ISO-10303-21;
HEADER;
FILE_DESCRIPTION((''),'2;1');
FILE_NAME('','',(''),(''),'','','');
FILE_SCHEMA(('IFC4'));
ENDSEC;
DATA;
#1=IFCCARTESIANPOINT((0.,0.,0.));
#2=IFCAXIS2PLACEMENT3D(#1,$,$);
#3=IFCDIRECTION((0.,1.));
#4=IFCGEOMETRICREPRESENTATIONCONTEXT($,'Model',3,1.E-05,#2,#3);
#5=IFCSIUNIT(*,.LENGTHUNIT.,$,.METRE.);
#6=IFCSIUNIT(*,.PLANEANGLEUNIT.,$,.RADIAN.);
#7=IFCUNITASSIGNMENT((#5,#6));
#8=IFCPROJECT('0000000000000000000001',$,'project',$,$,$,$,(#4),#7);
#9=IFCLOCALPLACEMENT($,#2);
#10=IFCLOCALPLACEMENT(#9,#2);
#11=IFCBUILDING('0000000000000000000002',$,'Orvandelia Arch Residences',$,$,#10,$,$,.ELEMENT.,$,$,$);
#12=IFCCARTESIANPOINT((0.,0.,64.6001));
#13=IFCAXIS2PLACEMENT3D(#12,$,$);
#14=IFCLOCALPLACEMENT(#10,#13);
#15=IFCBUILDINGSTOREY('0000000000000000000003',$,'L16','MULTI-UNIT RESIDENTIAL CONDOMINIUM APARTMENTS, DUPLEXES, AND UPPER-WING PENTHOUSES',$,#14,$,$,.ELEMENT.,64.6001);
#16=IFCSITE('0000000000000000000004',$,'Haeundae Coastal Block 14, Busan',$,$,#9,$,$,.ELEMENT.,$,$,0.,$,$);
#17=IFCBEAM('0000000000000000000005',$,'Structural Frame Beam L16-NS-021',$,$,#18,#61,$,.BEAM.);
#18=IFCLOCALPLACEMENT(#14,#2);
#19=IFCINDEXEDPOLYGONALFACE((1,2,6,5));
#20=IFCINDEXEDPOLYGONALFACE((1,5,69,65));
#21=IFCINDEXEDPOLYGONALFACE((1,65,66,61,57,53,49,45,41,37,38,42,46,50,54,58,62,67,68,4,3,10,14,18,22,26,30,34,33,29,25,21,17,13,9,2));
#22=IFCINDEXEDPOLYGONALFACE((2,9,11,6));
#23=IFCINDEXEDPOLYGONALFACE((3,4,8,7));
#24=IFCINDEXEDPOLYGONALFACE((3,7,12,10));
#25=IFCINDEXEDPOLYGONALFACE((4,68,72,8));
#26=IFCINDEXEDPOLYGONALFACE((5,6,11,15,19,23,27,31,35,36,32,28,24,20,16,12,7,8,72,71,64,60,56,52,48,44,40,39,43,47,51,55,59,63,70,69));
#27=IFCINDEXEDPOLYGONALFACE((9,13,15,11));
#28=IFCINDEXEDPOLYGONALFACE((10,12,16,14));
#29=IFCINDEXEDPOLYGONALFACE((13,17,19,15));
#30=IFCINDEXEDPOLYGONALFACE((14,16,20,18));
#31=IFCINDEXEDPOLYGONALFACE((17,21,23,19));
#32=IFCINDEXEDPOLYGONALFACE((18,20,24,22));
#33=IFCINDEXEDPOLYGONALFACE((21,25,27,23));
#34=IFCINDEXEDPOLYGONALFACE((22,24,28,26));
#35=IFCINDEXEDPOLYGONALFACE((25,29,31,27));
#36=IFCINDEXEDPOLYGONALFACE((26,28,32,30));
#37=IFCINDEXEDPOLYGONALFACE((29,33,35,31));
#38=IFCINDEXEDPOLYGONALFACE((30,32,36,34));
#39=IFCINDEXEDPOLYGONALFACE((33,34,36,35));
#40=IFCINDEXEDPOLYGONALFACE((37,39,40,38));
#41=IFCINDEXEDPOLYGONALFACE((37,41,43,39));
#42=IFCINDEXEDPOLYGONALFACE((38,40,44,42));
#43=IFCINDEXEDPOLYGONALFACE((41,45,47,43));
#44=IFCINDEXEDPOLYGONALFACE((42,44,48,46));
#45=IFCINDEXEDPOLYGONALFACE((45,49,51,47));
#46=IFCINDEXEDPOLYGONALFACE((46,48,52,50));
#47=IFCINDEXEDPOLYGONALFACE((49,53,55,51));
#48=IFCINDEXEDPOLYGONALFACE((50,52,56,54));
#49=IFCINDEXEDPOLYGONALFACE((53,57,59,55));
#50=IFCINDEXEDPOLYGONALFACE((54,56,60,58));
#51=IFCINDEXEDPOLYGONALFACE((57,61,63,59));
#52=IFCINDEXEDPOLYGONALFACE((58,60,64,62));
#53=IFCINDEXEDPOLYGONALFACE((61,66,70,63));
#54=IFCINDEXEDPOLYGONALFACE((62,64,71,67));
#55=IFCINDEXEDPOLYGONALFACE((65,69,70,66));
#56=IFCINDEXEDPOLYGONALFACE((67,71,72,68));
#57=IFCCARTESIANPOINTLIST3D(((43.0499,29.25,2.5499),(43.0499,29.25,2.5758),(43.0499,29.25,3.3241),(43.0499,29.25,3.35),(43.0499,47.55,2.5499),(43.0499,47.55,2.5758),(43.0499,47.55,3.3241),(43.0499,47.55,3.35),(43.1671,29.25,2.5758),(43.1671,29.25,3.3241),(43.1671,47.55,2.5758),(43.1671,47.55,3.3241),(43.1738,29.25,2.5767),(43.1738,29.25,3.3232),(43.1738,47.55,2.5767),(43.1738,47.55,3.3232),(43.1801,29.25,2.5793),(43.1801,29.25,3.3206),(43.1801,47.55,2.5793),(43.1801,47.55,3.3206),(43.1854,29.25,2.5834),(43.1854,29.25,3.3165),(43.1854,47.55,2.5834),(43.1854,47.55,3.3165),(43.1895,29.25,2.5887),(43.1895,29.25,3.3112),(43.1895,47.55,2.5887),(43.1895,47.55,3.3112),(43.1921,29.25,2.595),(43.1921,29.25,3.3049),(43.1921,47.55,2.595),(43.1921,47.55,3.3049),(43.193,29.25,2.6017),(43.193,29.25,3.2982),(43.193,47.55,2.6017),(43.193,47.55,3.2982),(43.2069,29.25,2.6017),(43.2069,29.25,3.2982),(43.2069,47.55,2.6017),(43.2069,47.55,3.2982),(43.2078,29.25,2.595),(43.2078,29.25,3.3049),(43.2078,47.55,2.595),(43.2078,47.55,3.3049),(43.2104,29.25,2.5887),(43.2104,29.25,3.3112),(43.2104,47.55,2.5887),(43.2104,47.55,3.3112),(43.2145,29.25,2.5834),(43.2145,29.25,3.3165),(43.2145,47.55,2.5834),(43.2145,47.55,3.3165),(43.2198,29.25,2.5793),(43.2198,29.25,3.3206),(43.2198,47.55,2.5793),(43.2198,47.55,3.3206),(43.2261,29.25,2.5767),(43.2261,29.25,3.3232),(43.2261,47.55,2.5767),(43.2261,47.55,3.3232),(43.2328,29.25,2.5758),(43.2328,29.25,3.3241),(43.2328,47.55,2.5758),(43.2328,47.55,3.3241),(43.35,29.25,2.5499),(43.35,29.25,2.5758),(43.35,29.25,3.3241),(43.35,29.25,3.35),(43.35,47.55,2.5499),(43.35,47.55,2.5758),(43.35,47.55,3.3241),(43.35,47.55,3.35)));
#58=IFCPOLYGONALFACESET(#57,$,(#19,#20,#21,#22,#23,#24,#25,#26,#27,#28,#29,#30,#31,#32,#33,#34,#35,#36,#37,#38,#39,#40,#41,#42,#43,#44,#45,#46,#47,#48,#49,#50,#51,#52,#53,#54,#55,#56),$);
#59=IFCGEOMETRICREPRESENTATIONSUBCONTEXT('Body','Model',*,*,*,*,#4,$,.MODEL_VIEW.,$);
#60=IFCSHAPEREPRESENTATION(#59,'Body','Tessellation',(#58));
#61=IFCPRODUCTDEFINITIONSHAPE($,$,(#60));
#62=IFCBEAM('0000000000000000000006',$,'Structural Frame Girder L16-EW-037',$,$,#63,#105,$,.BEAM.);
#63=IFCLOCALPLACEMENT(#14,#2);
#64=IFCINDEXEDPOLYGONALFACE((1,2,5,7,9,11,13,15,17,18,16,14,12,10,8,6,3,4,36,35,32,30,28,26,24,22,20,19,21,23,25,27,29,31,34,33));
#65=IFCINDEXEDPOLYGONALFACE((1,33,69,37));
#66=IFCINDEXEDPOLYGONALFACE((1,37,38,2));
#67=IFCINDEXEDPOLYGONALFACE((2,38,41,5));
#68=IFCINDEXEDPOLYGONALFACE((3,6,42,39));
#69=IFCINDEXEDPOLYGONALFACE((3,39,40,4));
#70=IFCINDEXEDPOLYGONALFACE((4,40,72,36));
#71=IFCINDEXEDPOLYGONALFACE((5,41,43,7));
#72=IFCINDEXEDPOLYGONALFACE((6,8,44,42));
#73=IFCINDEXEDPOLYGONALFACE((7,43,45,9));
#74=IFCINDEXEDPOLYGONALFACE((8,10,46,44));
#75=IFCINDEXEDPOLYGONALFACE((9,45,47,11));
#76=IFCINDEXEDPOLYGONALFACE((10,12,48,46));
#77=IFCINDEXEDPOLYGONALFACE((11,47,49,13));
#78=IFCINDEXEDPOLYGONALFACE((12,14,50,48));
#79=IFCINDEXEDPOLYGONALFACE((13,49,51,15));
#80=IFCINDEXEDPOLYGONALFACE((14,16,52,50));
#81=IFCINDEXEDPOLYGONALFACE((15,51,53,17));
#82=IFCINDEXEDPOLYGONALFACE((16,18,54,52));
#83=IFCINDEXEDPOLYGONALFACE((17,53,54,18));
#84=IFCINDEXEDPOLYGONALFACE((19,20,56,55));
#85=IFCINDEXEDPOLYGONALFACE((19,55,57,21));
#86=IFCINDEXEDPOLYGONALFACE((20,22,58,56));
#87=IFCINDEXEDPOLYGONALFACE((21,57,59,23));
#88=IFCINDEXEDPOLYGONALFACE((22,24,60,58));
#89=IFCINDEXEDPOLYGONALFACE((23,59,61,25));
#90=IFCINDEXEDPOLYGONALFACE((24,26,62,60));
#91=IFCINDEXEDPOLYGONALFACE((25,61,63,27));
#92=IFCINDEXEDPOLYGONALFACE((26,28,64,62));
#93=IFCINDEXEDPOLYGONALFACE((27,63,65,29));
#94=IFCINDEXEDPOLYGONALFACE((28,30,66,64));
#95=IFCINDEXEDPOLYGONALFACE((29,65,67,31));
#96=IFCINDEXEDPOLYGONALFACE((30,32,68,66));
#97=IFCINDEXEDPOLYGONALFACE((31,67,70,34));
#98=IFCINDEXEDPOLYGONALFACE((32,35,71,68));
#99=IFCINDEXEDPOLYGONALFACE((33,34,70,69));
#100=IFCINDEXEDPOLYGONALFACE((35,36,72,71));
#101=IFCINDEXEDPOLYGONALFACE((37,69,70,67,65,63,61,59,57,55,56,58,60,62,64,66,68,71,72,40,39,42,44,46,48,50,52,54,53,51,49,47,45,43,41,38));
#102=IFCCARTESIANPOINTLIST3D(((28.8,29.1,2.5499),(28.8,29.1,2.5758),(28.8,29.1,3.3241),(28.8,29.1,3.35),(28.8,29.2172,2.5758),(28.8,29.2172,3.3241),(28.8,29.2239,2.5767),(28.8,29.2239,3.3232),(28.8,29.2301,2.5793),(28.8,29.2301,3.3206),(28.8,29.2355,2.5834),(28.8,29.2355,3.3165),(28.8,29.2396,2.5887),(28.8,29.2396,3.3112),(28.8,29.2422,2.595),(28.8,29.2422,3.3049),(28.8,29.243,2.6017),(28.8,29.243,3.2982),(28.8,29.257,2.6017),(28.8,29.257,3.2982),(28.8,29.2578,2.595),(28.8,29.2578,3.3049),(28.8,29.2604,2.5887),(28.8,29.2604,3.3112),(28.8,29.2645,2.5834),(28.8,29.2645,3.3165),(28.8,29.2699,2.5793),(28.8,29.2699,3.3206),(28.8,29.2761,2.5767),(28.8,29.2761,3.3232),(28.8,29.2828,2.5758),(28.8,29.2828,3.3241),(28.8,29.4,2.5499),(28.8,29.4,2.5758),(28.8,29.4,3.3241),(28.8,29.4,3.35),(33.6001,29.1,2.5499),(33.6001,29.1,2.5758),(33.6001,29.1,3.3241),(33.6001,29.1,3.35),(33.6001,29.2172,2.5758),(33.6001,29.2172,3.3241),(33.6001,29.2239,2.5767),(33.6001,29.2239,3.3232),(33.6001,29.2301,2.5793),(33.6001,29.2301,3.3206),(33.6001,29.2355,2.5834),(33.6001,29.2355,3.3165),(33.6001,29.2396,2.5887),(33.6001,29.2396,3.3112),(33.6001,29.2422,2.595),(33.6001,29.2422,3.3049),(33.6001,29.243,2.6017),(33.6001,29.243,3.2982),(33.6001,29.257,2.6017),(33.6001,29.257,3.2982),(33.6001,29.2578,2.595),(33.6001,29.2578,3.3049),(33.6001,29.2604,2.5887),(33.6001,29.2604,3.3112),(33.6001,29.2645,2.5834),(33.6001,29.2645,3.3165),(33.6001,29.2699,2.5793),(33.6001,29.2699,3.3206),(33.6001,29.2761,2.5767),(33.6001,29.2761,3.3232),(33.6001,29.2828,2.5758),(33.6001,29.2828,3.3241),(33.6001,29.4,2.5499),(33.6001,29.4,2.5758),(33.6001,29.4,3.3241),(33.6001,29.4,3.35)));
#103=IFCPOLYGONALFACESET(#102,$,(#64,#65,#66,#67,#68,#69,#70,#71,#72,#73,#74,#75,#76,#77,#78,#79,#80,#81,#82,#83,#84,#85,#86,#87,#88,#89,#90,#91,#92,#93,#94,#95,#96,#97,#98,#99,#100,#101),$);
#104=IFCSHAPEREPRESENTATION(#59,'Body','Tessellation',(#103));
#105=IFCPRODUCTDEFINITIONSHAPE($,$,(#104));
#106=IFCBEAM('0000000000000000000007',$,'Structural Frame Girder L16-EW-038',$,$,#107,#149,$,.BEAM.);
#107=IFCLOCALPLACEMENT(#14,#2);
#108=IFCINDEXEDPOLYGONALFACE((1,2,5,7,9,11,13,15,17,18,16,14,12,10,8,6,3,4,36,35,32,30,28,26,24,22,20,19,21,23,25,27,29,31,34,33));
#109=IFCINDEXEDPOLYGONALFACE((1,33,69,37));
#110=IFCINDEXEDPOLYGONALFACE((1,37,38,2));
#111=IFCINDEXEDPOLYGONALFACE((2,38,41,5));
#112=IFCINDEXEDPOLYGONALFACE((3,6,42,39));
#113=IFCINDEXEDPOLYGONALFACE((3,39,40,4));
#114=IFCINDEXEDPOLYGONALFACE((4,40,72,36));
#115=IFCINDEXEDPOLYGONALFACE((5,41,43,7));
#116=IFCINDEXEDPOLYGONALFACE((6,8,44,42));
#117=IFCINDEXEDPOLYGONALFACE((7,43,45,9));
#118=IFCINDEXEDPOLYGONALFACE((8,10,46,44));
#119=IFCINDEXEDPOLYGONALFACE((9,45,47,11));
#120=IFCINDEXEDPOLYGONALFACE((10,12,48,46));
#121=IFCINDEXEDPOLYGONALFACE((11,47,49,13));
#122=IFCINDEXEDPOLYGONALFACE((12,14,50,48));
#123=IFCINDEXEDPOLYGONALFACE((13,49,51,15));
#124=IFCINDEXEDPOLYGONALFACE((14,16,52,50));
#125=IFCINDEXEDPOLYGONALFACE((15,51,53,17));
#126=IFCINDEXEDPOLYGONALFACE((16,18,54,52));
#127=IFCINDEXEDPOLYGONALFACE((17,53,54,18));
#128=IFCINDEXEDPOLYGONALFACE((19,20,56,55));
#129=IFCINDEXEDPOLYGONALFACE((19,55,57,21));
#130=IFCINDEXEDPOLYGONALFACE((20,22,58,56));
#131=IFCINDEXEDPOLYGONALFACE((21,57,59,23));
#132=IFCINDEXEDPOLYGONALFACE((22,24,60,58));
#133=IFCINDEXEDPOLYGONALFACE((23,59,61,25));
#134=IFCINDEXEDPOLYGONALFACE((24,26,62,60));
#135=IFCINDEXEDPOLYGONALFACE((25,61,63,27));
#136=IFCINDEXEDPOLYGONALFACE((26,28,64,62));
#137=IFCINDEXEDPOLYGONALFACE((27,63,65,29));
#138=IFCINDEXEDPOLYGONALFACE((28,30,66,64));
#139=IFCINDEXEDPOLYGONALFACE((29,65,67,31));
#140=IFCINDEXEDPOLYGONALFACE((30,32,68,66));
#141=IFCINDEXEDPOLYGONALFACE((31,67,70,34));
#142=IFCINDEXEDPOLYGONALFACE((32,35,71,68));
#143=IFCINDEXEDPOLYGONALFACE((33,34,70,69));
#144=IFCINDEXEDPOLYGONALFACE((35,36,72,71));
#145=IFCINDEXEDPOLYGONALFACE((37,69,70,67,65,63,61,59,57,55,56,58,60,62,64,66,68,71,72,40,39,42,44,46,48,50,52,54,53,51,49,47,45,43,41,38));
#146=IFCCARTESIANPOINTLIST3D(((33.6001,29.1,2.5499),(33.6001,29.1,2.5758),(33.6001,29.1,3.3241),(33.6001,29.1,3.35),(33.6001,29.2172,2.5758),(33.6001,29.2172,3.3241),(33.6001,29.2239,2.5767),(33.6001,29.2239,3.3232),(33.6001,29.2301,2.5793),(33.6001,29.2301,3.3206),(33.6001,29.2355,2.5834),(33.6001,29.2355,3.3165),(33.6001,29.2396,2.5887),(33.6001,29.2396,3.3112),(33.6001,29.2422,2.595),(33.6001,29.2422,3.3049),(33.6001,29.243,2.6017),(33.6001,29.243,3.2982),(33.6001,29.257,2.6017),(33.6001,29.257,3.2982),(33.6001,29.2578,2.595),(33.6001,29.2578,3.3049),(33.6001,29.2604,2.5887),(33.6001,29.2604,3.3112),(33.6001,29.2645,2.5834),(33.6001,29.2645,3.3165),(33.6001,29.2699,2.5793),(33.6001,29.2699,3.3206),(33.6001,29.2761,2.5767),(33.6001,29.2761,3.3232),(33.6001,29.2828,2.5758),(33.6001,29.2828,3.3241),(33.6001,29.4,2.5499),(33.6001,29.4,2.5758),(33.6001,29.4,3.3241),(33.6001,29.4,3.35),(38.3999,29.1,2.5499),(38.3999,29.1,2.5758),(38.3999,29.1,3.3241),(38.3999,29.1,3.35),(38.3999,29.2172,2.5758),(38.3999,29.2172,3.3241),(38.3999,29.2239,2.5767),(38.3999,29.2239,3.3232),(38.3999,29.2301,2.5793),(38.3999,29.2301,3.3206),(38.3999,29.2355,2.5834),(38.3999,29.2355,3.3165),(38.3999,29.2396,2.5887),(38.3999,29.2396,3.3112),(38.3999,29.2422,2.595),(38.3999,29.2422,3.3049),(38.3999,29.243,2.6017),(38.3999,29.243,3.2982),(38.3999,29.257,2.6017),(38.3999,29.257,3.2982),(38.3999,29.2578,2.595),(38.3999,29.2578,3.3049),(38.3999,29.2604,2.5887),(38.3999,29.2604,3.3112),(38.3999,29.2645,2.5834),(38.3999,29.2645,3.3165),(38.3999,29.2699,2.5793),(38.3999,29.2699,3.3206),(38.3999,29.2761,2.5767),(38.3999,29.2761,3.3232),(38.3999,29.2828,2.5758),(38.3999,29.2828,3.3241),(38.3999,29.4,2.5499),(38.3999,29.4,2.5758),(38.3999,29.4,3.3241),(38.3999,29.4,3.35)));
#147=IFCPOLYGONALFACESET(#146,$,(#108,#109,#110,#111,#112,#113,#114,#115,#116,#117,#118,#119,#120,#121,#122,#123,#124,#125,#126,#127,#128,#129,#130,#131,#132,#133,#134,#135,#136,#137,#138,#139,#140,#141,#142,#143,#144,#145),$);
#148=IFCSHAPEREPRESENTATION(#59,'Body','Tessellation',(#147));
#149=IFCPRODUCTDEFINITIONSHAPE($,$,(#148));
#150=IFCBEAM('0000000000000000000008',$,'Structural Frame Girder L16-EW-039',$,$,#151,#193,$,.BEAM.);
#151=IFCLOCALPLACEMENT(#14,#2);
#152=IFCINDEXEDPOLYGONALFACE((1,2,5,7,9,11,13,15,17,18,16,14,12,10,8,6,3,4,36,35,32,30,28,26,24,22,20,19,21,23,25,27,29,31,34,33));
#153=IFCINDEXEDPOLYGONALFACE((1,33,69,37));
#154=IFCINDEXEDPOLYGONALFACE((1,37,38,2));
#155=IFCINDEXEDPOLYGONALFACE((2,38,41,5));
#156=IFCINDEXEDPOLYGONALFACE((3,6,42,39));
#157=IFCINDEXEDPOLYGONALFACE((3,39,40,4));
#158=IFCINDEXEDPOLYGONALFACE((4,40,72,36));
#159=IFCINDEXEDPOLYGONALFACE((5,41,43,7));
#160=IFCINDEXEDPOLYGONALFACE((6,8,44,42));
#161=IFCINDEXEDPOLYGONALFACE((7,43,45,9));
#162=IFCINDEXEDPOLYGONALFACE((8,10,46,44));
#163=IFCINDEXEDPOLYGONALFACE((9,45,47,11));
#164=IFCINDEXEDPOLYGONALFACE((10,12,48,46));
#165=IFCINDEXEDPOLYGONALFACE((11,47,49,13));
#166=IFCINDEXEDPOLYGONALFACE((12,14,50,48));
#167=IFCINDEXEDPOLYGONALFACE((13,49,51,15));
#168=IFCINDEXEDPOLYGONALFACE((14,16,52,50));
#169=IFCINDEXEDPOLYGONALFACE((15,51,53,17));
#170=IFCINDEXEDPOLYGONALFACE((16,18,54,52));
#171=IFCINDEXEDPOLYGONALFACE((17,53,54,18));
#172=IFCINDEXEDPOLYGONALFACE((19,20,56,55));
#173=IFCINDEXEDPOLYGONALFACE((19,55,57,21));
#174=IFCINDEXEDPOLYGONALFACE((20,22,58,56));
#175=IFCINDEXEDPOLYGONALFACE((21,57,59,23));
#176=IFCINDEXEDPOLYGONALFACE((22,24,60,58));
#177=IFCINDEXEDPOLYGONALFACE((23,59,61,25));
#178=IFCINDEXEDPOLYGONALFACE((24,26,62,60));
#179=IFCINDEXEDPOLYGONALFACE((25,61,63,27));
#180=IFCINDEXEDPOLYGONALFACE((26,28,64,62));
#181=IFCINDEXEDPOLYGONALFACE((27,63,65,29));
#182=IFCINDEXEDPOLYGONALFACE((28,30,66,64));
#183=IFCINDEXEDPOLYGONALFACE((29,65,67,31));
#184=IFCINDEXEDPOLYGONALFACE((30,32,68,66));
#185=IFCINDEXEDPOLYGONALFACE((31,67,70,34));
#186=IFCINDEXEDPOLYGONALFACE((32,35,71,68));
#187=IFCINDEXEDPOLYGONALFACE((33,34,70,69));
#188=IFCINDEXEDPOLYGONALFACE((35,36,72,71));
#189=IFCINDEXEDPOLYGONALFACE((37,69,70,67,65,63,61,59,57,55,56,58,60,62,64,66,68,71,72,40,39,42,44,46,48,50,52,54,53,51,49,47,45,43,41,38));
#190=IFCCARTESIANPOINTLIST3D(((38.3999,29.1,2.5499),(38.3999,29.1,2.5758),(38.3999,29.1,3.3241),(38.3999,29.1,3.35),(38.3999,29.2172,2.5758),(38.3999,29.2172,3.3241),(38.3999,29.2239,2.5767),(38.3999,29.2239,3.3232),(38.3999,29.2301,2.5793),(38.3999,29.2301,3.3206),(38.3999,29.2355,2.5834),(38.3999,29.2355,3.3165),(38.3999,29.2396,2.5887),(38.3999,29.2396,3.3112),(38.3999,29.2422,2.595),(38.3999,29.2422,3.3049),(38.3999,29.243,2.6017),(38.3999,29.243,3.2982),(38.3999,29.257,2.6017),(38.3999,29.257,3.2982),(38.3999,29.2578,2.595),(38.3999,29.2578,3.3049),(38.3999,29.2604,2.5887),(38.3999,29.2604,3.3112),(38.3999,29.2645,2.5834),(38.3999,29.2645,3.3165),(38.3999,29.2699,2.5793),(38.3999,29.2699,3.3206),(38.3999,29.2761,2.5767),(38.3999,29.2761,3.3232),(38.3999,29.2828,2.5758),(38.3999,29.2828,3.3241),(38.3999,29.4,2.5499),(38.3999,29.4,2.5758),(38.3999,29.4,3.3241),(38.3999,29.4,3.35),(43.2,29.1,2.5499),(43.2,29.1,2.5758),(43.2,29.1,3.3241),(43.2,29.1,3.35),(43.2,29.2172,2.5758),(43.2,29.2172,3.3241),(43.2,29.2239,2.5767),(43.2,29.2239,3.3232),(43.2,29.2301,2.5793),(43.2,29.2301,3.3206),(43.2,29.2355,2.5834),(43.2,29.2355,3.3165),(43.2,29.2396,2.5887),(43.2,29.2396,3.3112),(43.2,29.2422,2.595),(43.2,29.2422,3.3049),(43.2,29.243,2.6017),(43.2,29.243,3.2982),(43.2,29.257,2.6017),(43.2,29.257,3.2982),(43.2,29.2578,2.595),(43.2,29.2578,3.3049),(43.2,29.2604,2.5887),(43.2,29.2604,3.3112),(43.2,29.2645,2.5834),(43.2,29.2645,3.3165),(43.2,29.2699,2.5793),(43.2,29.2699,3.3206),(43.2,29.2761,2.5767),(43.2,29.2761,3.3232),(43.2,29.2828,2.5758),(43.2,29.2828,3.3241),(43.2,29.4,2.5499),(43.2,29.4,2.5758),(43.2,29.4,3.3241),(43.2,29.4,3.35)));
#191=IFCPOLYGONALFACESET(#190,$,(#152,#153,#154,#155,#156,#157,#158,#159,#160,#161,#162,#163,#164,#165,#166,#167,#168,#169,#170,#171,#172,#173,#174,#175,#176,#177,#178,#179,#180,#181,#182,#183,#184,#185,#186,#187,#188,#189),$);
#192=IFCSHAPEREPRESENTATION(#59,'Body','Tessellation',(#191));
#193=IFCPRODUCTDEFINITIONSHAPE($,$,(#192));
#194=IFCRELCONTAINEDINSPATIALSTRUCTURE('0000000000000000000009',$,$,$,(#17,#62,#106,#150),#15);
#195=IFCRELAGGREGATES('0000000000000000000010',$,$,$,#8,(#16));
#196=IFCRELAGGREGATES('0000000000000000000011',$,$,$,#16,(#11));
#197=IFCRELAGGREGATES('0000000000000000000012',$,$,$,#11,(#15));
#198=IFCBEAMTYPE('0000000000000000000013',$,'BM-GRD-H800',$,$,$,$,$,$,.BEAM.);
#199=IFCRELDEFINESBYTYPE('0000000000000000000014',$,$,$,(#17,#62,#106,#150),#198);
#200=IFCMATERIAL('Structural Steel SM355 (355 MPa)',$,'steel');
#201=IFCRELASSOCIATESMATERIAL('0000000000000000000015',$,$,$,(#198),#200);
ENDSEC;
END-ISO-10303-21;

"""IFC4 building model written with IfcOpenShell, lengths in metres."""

from ifc_helpers import new_model, si_unit, direction, frame, origin, origin_2d, place, context, subcontext, project, spatial, i_section, extrude, material, material_profile, profile_set, type_object, element, save


model = new_model("IFC4")

# Units and contexts
model_context = context("Model", 3, precision=1e-05, world=origin(), true_north=direction((0.0, 1.0)))
body_context = subcontext(model_context, "Body", "Model", "MODEL_VIEW")
ifc_project = project(units=[si_unit("LENGTHUNIT", "METRE"), si_unit("PLANEANGLEUNIT", "RADIAN")], contexts=[model_context])

# Site, building, storey
site_placement = place(None, origin())
site = spatial("IfcSite", under=ifc_project, at=site_placement, Name="Haeundae Coastal Block 14, Busan", CompositionType="ELEMENT", RefElevation=0.0)
building_placement = place(site_placement, origin())
building = spatial("IfcBuilding", under=site, at=building_placement, Name="Orvandelia Arch Residences", CompositionType="ELEMENT")
storey_placement = place(building_placement, frame((0.0, 0.0, 64.6001)))
storey = spatial("IfcBuildingStorey", under=building, at=storey_placement, Name="L16", Description="MULTI-UNIT RESIDENTIAL CONDOMINIUM APARTMENTS, DUPLEXES, AND UPPER-WING PENTHOUSES", CompositionType="ELEMENT", Elevation=64.6001)

# Beams
ifc_material_1 = material(Name="Structural Steel SM355 (355 MPa)", Category="steel")
ifc_material_profile_1 = material_profile(ifc_material_1, i_section(OverallWidth=0.3, OverallDepth=0.8, WebThickness=0.0139, FlangeThickness=0.0259, FilletRadius=0.0259, at=origin_2d()), Name="Structural Steel SM355 (355 MPa)", Category="steel")
ifc_profile_set_1 = profile_set([ifc_material_profile_1], Name="Structural Steel SM355 (355 MPa)")
beam_type = type_object("IfcBeamType", Name="BM-GRD-H800", PredefinedType="BEAM", material=ifc_profile_set_1)
for number, where, z_axis, x_axis, name in (
    (1, (43.2, 29.25, 2.95), (0.0, 1.0, 0.0), (-1.0, 0.0, 0.0), "Structural Frame Beam L16-NS-021"),
):
    element("IfcBeam", number, at=place(storey_placement, frame(where, z_axis=z_axis, x_axis=x_axis)), inside=storey, type_object=beam_type, Name=name, PredefinedType="BEAM", context=body_context, shape_type="SweptSolid", body=[
        extrude(i_section(OverallWidth=0.3, OverallDepth=0.8, WebThickness=0.0139, FlangeThickness=0.0259, FilletRadius=0.0259, at=origin_2d()), origin(), (0.0, 0.0, 1.0), 18.3),
    ])
beam_1_placement = place(storey_placement, frame((28.8, 29.25, 2.95), z_axis=(1.0, 0.0, 0.0), x_axis=(0.0, 1.0, 0.0)))
element("IfcBeam", 2, at=beam_1_placement, inside=storey, type_object=beam_type, Name="Structural Frame Girder L16-EW-037", PredefinedType="BEAM", context=body_context, shape_type="SweptSolid", body=[
    extrude(i_section(OverallWidth=0.3, OverallDepth=0.8, WebThickness=0.0139, FlangeThickness=0.0259, FilletRadius=0.0259, at=origin_2d()), origin(), (0.0, 0.0, 1.0), 4.8),
])
beam_2_placement = place(storey_placement, frame((33.6001, 29.25, 2.95), z_axis=(1.0, 0.0, 0.0), x_axis=(0.0, 1.0, 0.0)))
element("IfcBeam", 3, at=beam_2_placement, inside=storey, type_object=beam_type, Name="Structural Frame Girder L16-EW-038", PredefinedType="BEAM", context=body_context, shape_type="SweptSolid", body=[
    extrude(i_section(OverallWidth=0.3, OverallDepth=0.8, WebThickness=0.0139, FlangeThickness=0.0259, FilletRadius=0.0259, at=origin_2d()), origin(), (0.0, 0.0, 1.0), 4.7998),
])
for number, where, z_axis, x_axis, name in (
    (4, (38.3999, 29.25, 2.95), (1.0, 0.0, 0.0), (0.0, 1.0, 0.0), "Structural Frame Girder L16-EW-039"),
):
    element("IfcBeam", number, at=place(storey_placement, frame(where, z_axis=z_axis, x_axis=x_axis)), inside=storey, type_object=beam_type, Name=name, PredefinedType="BEAM", context=body_context, shape_type="SweptSolid", body=[
        extrude(i_section(OverallWidth=0.3, OverallDepth=0.8, WebThickness=0.0139, FlangeThickness=0.0259, FilletRadius=0.0259, at=origin_2d()), origin(), (0.0, 0.0, 1.0), 4.8),
    ])

save(model, "model.ifc")
